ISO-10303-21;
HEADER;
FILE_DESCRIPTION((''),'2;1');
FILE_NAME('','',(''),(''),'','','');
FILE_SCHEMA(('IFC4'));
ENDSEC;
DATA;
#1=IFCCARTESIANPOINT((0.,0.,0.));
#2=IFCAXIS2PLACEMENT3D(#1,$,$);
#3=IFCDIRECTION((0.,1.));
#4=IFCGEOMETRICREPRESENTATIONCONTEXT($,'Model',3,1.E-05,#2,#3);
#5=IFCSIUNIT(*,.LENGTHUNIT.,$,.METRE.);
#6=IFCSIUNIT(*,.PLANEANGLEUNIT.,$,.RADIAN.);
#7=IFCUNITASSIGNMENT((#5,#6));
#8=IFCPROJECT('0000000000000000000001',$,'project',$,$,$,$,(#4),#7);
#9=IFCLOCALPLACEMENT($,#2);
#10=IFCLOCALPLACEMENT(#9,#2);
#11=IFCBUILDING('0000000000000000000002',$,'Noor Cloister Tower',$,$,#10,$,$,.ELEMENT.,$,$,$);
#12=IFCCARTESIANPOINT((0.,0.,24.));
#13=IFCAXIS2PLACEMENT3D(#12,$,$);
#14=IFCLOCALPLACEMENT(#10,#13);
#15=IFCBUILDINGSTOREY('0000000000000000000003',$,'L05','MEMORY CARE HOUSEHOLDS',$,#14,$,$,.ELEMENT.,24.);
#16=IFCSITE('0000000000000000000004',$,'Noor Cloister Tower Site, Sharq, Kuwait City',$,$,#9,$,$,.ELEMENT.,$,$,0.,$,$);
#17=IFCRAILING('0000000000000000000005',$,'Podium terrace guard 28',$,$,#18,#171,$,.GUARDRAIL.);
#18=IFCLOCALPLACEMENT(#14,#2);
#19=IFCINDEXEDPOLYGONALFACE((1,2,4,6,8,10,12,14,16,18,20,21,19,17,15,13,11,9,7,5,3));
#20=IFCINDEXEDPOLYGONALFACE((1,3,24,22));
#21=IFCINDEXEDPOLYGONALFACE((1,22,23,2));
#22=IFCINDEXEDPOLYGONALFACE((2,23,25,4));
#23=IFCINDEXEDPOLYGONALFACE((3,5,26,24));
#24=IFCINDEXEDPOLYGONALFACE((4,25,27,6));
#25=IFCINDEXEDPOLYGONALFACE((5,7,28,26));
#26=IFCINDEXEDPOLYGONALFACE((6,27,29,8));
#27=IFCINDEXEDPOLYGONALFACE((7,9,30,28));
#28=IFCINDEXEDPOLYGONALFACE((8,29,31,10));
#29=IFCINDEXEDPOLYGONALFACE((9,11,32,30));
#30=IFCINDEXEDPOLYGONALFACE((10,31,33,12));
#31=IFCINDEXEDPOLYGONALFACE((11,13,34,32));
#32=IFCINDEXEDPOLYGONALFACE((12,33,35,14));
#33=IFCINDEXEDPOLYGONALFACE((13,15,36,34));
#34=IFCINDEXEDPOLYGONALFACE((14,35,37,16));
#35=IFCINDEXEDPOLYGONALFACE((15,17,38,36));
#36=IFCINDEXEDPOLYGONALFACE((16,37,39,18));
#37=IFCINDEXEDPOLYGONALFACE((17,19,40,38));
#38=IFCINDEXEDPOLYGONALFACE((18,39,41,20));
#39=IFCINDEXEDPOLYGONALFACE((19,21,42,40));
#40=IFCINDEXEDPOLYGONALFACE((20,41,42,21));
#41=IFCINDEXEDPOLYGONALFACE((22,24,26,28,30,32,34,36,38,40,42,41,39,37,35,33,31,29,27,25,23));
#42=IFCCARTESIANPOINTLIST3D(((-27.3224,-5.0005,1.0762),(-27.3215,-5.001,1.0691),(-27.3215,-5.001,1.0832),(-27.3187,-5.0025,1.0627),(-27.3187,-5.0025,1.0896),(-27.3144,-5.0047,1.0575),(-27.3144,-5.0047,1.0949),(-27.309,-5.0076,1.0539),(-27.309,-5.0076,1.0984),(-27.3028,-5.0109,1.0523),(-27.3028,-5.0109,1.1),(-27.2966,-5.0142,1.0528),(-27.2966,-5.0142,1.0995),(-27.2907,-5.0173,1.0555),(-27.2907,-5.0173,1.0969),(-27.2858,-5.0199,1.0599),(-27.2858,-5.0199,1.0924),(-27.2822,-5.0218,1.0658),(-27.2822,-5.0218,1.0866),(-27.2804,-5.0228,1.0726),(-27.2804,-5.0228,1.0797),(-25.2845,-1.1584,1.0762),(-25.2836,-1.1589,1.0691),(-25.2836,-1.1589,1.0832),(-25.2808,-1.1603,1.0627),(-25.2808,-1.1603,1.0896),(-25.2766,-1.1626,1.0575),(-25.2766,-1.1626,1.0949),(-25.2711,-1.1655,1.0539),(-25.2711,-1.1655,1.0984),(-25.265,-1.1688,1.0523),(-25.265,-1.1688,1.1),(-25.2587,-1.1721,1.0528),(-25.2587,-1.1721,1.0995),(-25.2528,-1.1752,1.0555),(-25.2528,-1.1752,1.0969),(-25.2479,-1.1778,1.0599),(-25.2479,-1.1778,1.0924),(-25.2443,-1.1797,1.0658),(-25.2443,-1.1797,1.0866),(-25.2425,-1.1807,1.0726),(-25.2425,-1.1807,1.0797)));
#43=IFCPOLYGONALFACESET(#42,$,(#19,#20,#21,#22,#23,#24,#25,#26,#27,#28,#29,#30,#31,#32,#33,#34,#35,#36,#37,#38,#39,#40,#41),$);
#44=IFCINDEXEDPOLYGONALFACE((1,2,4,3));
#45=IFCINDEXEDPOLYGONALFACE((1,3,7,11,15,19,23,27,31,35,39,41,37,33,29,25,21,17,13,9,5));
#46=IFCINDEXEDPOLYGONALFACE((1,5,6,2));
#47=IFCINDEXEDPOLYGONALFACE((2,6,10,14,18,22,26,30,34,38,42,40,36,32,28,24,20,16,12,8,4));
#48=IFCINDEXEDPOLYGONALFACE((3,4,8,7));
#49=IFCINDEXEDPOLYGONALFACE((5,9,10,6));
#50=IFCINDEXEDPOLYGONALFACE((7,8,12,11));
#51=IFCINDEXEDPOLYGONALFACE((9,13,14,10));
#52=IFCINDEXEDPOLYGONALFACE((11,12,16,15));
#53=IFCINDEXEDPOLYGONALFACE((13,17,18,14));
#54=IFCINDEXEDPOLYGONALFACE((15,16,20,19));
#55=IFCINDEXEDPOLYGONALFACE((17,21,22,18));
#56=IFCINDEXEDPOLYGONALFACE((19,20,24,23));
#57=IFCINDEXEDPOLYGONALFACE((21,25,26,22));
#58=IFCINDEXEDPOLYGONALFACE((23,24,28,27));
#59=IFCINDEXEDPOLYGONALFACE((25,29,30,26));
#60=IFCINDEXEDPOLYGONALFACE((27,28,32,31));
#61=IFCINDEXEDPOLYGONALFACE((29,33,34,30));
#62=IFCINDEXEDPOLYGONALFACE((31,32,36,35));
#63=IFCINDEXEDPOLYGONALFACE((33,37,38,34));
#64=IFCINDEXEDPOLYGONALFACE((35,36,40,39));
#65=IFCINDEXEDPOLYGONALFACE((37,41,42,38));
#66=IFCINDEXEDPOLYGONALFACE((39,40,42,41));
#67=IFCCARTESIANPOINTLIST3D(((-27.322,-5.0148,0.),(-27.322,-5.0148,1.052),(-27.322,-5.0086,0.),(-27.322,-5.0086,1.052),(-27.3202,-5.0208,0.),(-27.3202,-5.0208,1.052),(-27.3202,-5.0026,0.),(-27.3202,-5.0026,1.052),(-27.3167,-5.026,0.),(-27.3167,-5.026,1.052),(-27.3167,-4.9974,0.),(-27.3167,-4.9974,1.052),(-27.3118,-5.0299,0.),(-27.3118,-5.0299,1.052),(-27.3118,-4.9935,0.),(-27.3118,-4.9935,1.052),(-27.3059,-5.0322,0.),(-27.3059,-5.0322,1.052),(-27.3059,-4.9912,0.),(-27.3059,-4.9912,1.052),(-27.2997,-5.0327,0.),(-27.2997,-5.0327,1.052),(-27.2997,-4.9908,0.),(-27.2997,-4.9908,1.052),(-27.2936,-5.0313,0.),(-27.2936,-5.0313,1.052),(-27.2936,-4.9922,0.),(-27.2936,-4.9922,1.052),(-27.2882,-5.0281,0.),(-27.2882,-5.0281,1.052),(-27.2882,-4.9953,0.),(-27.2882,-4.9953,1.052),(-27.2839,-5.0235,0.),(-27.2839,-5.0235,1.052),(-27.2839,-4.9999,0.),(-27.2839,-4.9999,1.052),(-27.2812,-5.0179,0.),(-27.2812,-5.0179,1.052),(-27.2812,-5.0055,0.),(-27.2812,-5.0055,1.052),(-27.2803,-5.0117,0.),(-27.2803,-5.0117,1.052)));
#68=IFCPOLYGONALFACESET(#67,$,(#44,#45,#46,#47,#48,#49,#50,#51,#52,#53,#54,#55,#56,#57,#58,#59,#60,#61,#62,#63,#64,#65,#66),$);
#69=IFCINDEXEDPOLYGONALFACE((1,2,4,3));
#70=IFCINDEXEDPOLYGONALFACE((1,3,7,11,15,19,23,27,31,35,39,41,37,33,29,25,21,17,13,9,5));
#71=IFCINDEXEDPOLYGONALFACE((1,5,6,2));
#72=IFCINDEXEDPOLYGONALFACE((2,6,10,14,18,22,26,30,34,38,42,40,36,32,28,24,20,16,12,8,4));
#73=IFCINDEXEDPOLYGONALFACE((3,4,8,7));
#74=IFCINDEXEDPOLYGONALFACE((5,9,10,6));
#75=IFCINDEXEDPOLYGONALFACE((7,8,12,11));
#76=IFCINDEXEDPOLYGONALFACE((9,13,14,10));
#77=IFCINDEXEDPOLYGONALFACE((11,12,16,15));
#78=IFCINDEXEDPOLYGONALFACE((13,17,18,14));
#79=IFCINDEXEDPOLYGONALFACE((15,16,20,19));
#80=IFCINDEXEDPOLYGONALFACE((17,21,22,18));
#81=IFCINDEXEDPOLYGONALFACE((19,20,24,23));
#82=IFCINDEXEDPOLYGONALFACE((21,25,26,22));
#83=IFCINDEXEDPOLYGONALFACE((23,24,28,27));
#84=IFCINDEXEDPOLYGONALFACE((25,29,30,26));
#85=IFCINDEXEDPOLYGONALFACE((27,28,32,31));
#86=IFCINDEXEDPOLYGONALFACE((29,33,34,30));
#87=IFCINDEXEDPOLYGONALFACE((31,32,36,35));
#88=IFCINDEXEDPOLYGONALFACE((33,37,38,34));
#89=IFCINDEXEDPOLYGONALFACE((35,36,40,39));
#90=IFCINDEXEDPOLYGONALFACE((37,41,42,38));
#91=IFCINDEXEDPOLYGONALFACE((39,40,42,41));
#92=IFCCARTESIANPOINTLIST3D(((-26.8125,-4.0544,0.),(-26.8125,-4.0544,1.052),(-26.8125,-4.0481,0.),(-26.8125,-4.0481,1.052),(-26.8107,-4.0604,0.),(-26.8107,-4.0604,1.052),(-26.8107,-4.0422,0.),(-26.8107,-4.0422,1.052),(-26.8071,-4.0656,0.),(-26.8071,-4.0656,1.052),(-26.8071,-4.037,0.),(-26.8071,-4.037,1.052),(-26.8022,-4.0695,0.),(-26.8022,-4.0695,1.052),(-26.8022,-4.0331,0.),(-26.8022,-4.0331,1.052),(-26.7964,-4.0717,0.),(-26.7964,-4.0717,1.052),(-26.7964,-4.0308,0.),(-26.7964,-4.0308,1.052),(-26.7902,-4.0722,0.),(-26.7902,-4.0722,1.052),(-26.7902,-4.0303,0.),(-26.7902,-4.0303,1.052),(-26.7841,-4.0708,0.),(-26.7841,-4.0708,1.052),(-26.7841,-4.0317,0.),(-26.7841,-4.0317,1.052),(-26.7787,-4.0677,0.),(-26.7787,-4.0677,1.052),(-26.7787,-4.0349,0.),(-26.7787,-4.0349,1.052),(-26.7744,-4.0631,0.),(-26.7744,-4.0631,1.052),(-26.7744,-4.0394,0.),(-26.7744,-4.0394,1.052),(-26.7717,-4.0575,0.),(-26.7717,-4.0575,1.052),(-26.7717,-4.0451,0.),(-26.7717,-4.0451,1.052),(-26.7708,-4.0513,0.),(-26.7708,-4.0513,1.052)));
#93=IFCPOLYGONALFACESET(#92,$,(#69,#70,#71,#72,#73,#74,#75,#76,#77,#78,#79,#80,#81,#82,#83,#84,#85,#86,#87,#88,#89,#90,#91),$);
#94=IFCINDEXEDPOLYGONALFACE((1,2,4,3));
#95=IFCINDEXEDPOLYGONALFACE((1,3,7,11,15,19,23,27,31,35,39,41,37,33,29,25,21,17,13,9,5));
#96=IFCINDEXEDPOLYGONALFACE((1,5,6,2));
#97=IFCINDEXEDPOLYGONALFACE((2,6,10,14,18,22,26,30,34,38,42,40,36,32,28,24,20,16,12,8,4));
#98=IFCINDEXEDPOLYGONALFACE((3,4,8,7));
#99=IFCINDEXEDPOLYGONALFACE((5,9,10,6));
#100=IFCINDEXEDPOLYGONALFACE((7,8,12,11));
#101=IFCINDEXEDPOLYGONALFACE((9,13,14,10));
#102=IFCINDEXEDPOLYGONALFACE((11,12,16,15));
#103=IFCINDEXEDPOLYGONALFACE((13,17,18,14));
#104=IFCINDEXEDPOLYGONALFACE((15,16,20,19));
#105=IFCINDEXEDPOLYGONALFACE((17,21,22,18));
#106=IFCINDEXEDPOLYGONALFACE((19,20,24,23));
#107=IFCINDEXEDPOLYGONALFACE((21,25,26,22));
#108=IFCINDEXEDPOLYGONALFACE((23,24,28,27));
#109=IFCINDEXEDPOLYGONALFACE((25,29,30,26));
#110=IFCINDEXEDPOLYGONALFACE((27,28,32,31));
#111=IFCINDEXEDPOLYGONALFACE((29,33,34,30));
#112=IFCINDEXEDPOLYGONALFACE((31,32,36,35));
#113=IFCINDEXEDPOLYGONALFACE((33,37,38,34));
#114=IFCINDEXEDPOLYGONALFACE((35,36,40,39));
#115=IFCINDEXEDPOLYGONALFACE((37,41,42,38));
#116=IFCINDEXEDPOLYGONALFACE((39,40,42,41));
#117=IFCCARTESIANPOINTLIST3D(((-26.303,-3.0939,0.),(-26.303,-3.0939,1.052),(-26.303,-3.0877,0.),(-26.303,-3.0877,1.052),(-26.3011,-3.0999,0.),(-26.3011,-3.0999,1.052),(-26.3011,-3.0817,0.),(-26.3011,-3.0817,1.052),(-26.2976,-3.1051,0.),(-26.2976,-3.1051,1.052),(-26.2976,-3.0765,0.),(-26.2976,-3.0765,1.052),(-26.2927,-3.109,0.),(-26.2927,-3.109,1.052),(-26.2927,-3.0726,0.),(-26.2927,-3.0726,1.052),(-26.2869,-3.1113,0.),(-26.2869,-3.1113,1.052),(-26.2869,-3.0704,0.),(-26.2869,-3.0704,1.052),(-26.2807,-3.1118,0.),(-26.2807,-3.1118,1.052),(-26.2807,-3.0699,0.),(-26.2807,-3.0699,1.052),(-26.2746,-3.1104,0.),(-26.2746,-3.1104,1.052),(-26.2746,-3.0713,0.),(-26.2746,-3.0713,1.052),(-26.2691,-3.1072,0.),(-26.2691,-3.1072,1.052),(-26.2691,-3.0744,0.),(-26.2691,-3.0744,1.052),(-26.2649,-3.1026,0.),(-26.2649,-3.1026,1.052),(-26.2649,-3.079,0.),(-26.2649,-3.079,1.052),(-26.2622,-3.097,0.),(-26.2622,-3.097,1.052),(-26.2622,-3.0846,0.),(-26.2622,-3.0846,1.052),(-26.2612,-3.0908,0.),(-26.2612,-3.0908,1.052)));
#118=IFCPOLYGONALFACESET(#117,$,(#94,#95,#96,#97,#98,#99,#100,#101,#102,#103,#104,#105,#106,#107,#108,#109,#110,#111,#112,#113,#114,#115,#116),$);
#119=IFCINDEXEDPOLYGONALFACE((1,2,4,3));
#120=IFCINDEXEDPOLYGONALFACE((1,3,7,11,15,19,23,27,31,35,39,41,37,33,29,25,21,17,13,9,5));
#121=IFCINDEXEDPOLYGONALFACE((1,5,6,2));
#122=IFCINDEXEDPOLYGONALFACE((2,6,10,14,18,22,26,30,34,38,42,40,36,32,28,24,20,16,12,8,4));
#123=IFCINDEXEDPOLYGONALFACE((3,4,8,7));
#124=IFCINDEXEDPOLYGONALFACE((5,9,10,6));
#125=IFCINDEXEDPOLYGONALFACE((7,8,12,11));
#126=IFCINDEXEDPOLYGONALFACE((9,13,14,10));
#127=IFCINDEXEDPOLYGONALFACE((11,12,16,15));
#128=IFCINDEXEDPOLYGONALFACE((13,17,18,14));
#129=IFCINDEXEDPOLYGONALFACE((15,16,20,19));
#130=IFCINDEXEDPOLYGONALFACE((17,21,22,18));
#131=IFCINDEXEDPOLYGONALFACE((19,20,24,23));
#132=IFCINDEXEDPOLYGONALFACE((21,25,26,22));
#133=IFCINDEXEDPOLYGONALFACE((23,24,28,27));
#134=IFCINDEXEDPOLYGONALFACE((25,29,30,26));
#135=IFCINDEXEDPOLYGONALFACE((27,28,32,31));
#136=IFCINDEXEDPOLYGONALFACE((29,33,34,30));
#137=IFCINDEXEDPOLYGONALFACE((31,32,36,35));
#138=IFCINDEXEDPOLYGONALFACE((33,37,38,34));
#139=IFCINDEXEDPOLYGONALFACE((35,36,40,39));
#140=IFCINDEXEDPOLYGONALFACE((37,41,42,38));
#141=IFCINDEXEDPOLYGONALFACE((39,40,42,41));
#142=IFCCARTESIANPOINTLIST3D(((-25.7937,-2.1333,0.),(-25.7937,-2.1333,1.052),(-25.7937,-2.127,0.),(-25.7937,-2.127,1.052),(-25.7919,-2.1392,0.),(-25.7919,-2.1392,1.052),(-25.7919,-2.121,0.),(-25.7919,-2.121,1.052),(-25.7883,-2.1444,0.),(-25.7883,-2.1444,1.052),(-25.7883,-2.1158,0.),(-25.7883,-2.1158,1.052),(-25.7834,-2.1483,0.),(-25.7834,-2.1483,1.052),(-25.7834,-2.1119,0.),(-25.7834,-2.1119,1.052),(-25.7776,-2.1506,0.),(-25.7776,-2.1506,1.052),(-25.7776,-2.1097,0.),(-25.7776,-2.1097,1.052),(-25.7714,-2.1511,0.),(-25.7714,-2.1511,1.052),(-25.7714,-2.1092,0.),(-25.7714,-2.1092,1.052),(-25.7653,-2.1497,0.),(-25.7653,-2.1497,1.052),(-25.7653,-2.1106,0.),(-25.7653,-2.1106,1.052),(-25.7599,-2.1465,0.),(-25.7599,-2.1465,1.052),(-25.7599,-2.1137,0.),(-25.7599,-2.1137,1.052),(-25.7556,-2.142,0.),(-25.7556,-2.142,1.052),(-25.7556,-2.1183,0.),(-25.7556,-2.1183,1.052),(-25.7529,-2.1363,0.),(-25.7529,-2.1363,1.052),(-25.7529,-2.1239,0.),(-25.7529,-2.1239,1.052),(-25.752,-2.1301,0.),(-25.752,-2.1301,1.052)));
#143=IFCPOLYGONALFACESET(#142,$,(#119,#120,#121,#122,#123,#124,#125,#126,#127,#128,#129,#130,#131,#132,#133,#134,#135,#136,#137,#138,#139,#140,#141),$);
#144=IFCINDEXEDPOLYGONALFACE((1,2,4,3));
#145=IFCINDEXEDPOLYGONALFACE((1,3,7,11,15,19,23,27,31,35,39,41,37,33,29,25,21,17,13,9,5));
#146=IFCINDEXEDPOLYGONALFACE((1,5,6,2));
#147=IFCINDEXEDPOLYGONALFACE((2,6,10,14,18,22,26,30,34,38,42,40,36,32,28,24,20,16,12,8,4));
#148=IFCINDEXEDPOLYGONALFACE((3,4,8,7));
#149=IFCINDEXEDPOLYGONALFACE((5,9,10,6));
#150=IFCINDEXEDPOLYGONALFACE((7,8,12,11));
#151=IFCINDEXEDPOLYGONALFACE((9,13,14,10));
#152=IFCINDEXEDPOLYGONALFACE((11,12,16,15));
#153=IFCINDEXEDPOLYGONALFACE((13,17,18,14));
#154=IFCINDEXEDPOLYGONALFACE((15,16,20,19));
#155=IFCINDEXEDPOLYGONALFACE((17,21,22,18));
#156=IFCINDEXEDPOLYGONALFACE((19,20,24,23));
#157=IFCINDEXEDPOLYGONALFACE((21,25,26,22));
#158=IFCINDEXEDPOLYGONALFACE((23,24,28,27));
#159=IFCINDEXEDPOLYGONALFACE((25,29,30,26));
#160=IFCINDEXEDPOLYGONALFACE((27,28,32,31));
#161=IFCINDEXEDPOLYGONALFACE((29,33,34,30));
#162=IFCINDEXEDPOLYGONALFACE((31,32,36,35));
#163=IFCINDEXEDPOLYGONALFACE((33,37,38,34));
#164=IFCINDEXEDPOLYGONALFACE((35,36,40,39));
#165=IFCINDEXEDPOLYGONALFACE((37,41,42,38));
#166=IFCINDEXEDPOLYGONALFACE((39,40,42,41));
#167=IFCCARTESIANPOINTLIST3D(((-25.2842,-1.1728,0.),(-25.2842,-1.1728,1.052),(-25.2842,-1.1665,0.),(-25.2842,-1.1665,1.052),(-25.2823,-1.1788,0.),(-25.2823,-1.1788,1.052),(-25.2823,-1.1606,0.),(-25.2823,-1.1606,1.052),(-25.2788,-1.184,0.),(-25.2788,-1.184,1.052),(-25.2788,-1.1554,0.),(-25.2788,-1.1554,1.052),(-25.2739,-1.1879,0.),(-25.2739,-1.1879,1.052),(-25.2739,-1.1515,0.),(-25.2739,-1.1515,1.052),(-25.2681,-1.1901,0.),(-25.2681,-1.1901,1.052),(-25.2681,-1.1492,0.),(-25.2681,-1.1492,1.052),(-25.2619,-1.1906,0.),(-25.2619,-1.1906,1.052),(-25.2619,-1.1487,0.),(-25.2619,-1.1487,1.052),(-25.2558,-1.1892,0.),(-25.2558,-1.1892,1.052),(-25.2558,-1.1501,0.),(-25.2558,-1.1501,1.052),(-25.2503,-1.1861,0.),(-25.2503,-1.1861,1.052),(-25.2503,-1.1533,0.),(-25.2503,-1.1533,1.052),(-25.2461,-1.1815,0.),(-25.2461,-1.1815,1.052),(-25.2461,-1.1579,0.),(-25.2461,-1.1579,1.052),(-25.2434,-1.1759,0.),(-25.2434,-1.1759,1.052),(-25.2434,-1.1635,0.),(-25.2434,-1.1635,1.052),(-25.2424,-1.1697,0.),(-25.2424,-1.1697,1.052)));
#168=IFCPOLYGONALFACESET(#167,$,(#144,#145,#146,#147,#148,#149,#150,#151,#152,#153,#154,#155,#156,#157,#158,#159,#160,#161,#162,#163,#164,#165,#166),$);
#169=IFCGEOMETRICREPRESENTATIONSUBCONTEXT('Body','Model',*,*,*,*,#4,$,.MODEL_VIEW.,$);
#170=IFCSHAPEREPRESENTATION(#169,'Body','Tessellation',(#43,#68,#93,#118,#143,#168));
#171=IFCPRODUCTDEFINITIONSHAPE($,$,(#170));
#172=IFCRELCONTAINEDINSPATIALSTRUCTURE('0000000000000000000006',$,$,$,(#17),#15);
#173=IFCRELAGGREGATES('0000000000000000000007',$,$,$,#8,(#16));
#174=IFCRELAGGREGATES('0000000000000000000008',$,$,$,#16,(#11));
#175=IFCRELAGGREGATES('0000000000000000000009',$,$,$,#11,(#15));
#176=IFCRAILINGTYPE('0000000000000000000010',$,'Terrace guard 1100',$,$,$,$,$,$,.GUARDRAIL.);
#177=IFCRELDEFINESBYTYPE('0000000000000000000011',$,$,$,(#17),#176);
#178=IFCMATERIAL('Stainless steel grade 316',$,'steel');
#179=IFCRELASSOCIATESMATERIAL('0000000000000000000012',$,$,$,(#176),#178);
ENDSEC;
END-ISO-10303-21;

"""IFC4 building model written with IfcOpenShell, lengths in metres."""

from ifc_helpers import new_model, si_unit, direction, frame, origin, origin_2d, place, context, subcontext, project, spatial, circle, extrude, material, type_object, element, save


model = new_model("IFC4")

# Units and contexts
model_context = context("Model", 3, precision=1e-05, world=origin(), true_north=direction((0.0, 1.0)))
body_context = subcontext(model_context, "Body", "Model", "MODEL_VIEW")
ifc_project = project(units=[si_unit("LENGTHUNIT", "METRE"), si_unit("PLANEANGLEUNIT", "RADIAN")], contexts=[model_context])

# Site, building, storey
site_placement = place(None, origin())
site = spatial("IfcSite", under=ifc_project, at=site_placement, Name="Noor Cloister Tower Site, Sharq, Kuwait City", CompositionType="ELEMENT", RefElevation=0.0)
building_placement = place(site_placement, origin())
building = spatial("IfcBuilding", under=site, at=building_placement, Name="Noor Cloister Tower", CompositionType="ELEMENT")
storey_placement = place(building_placement, frame((0.0, 0.0, 24.0)))
storey = spatial("IfcBuildingStorey", under=building, at=storey_placement, Name="L05", Description="MEMORY CARE HOUSEHOLDS", CompositionType="ELEMENT", Elevation=24.0)

# Railing
ifc_material_1 = material(Name="Stainless steel grade 316", Category="steel")
railing_type_1 = type_object("IfcRailingType", Name="Terrace guard 1100", PredefinedType="GUARDRAIL", material=ifc_material_1)
railing_1_placement = place(storey_placement, frame((-27.3013, -5.0117, 0.0)))
element("IfcRailing", 1, at=railing_1_placement, inside=storey, type_object=railing_type_1, Name="Podium terrace guard 28", PredefinedType="GUARDRAIL", context=body_context, shape_type="SweptSolid", body=[
    extrude(circle(Radius=0.0239, at=origin_2d()), frame((0.0, 0.0, 1.0762), z_axis=(0.468574, 0.883424, 0.0), x_axis=(-0.883424, 0.468574, 0.0)), (0.0, 0.0, 1.0), 4.3491),
    extrude(circle(Radius=0.021, at=origin_2d()), origin(), (0.0, 0.0, 1.0), 1.052),
    extrude(circle(Radius=0.021, at=origin_2d()), frame((0.5095, 0.9604, 0.0)), (0.0, 0.0, 1.0), 1.052),
    extrude(circle(Radius=0.021, at=origin_2d()), frame((1.019, 1.9209, 0.0)), (0.0, 0.0, 1.0), 1.052),
    extrude(circle(Radius=0.021, at=origin_2d()), frame((1.5283, 2.8816, 0.0)), (0.0, 0.0, 1.0), 1.052),
    extrude(circle(Radius=0.021, at=origin_2d()), frame((2.0378, 3.842, 0.0)), (0.0, 0.0, 1.0), 1.052),
])

save(model, "model.ifc")
